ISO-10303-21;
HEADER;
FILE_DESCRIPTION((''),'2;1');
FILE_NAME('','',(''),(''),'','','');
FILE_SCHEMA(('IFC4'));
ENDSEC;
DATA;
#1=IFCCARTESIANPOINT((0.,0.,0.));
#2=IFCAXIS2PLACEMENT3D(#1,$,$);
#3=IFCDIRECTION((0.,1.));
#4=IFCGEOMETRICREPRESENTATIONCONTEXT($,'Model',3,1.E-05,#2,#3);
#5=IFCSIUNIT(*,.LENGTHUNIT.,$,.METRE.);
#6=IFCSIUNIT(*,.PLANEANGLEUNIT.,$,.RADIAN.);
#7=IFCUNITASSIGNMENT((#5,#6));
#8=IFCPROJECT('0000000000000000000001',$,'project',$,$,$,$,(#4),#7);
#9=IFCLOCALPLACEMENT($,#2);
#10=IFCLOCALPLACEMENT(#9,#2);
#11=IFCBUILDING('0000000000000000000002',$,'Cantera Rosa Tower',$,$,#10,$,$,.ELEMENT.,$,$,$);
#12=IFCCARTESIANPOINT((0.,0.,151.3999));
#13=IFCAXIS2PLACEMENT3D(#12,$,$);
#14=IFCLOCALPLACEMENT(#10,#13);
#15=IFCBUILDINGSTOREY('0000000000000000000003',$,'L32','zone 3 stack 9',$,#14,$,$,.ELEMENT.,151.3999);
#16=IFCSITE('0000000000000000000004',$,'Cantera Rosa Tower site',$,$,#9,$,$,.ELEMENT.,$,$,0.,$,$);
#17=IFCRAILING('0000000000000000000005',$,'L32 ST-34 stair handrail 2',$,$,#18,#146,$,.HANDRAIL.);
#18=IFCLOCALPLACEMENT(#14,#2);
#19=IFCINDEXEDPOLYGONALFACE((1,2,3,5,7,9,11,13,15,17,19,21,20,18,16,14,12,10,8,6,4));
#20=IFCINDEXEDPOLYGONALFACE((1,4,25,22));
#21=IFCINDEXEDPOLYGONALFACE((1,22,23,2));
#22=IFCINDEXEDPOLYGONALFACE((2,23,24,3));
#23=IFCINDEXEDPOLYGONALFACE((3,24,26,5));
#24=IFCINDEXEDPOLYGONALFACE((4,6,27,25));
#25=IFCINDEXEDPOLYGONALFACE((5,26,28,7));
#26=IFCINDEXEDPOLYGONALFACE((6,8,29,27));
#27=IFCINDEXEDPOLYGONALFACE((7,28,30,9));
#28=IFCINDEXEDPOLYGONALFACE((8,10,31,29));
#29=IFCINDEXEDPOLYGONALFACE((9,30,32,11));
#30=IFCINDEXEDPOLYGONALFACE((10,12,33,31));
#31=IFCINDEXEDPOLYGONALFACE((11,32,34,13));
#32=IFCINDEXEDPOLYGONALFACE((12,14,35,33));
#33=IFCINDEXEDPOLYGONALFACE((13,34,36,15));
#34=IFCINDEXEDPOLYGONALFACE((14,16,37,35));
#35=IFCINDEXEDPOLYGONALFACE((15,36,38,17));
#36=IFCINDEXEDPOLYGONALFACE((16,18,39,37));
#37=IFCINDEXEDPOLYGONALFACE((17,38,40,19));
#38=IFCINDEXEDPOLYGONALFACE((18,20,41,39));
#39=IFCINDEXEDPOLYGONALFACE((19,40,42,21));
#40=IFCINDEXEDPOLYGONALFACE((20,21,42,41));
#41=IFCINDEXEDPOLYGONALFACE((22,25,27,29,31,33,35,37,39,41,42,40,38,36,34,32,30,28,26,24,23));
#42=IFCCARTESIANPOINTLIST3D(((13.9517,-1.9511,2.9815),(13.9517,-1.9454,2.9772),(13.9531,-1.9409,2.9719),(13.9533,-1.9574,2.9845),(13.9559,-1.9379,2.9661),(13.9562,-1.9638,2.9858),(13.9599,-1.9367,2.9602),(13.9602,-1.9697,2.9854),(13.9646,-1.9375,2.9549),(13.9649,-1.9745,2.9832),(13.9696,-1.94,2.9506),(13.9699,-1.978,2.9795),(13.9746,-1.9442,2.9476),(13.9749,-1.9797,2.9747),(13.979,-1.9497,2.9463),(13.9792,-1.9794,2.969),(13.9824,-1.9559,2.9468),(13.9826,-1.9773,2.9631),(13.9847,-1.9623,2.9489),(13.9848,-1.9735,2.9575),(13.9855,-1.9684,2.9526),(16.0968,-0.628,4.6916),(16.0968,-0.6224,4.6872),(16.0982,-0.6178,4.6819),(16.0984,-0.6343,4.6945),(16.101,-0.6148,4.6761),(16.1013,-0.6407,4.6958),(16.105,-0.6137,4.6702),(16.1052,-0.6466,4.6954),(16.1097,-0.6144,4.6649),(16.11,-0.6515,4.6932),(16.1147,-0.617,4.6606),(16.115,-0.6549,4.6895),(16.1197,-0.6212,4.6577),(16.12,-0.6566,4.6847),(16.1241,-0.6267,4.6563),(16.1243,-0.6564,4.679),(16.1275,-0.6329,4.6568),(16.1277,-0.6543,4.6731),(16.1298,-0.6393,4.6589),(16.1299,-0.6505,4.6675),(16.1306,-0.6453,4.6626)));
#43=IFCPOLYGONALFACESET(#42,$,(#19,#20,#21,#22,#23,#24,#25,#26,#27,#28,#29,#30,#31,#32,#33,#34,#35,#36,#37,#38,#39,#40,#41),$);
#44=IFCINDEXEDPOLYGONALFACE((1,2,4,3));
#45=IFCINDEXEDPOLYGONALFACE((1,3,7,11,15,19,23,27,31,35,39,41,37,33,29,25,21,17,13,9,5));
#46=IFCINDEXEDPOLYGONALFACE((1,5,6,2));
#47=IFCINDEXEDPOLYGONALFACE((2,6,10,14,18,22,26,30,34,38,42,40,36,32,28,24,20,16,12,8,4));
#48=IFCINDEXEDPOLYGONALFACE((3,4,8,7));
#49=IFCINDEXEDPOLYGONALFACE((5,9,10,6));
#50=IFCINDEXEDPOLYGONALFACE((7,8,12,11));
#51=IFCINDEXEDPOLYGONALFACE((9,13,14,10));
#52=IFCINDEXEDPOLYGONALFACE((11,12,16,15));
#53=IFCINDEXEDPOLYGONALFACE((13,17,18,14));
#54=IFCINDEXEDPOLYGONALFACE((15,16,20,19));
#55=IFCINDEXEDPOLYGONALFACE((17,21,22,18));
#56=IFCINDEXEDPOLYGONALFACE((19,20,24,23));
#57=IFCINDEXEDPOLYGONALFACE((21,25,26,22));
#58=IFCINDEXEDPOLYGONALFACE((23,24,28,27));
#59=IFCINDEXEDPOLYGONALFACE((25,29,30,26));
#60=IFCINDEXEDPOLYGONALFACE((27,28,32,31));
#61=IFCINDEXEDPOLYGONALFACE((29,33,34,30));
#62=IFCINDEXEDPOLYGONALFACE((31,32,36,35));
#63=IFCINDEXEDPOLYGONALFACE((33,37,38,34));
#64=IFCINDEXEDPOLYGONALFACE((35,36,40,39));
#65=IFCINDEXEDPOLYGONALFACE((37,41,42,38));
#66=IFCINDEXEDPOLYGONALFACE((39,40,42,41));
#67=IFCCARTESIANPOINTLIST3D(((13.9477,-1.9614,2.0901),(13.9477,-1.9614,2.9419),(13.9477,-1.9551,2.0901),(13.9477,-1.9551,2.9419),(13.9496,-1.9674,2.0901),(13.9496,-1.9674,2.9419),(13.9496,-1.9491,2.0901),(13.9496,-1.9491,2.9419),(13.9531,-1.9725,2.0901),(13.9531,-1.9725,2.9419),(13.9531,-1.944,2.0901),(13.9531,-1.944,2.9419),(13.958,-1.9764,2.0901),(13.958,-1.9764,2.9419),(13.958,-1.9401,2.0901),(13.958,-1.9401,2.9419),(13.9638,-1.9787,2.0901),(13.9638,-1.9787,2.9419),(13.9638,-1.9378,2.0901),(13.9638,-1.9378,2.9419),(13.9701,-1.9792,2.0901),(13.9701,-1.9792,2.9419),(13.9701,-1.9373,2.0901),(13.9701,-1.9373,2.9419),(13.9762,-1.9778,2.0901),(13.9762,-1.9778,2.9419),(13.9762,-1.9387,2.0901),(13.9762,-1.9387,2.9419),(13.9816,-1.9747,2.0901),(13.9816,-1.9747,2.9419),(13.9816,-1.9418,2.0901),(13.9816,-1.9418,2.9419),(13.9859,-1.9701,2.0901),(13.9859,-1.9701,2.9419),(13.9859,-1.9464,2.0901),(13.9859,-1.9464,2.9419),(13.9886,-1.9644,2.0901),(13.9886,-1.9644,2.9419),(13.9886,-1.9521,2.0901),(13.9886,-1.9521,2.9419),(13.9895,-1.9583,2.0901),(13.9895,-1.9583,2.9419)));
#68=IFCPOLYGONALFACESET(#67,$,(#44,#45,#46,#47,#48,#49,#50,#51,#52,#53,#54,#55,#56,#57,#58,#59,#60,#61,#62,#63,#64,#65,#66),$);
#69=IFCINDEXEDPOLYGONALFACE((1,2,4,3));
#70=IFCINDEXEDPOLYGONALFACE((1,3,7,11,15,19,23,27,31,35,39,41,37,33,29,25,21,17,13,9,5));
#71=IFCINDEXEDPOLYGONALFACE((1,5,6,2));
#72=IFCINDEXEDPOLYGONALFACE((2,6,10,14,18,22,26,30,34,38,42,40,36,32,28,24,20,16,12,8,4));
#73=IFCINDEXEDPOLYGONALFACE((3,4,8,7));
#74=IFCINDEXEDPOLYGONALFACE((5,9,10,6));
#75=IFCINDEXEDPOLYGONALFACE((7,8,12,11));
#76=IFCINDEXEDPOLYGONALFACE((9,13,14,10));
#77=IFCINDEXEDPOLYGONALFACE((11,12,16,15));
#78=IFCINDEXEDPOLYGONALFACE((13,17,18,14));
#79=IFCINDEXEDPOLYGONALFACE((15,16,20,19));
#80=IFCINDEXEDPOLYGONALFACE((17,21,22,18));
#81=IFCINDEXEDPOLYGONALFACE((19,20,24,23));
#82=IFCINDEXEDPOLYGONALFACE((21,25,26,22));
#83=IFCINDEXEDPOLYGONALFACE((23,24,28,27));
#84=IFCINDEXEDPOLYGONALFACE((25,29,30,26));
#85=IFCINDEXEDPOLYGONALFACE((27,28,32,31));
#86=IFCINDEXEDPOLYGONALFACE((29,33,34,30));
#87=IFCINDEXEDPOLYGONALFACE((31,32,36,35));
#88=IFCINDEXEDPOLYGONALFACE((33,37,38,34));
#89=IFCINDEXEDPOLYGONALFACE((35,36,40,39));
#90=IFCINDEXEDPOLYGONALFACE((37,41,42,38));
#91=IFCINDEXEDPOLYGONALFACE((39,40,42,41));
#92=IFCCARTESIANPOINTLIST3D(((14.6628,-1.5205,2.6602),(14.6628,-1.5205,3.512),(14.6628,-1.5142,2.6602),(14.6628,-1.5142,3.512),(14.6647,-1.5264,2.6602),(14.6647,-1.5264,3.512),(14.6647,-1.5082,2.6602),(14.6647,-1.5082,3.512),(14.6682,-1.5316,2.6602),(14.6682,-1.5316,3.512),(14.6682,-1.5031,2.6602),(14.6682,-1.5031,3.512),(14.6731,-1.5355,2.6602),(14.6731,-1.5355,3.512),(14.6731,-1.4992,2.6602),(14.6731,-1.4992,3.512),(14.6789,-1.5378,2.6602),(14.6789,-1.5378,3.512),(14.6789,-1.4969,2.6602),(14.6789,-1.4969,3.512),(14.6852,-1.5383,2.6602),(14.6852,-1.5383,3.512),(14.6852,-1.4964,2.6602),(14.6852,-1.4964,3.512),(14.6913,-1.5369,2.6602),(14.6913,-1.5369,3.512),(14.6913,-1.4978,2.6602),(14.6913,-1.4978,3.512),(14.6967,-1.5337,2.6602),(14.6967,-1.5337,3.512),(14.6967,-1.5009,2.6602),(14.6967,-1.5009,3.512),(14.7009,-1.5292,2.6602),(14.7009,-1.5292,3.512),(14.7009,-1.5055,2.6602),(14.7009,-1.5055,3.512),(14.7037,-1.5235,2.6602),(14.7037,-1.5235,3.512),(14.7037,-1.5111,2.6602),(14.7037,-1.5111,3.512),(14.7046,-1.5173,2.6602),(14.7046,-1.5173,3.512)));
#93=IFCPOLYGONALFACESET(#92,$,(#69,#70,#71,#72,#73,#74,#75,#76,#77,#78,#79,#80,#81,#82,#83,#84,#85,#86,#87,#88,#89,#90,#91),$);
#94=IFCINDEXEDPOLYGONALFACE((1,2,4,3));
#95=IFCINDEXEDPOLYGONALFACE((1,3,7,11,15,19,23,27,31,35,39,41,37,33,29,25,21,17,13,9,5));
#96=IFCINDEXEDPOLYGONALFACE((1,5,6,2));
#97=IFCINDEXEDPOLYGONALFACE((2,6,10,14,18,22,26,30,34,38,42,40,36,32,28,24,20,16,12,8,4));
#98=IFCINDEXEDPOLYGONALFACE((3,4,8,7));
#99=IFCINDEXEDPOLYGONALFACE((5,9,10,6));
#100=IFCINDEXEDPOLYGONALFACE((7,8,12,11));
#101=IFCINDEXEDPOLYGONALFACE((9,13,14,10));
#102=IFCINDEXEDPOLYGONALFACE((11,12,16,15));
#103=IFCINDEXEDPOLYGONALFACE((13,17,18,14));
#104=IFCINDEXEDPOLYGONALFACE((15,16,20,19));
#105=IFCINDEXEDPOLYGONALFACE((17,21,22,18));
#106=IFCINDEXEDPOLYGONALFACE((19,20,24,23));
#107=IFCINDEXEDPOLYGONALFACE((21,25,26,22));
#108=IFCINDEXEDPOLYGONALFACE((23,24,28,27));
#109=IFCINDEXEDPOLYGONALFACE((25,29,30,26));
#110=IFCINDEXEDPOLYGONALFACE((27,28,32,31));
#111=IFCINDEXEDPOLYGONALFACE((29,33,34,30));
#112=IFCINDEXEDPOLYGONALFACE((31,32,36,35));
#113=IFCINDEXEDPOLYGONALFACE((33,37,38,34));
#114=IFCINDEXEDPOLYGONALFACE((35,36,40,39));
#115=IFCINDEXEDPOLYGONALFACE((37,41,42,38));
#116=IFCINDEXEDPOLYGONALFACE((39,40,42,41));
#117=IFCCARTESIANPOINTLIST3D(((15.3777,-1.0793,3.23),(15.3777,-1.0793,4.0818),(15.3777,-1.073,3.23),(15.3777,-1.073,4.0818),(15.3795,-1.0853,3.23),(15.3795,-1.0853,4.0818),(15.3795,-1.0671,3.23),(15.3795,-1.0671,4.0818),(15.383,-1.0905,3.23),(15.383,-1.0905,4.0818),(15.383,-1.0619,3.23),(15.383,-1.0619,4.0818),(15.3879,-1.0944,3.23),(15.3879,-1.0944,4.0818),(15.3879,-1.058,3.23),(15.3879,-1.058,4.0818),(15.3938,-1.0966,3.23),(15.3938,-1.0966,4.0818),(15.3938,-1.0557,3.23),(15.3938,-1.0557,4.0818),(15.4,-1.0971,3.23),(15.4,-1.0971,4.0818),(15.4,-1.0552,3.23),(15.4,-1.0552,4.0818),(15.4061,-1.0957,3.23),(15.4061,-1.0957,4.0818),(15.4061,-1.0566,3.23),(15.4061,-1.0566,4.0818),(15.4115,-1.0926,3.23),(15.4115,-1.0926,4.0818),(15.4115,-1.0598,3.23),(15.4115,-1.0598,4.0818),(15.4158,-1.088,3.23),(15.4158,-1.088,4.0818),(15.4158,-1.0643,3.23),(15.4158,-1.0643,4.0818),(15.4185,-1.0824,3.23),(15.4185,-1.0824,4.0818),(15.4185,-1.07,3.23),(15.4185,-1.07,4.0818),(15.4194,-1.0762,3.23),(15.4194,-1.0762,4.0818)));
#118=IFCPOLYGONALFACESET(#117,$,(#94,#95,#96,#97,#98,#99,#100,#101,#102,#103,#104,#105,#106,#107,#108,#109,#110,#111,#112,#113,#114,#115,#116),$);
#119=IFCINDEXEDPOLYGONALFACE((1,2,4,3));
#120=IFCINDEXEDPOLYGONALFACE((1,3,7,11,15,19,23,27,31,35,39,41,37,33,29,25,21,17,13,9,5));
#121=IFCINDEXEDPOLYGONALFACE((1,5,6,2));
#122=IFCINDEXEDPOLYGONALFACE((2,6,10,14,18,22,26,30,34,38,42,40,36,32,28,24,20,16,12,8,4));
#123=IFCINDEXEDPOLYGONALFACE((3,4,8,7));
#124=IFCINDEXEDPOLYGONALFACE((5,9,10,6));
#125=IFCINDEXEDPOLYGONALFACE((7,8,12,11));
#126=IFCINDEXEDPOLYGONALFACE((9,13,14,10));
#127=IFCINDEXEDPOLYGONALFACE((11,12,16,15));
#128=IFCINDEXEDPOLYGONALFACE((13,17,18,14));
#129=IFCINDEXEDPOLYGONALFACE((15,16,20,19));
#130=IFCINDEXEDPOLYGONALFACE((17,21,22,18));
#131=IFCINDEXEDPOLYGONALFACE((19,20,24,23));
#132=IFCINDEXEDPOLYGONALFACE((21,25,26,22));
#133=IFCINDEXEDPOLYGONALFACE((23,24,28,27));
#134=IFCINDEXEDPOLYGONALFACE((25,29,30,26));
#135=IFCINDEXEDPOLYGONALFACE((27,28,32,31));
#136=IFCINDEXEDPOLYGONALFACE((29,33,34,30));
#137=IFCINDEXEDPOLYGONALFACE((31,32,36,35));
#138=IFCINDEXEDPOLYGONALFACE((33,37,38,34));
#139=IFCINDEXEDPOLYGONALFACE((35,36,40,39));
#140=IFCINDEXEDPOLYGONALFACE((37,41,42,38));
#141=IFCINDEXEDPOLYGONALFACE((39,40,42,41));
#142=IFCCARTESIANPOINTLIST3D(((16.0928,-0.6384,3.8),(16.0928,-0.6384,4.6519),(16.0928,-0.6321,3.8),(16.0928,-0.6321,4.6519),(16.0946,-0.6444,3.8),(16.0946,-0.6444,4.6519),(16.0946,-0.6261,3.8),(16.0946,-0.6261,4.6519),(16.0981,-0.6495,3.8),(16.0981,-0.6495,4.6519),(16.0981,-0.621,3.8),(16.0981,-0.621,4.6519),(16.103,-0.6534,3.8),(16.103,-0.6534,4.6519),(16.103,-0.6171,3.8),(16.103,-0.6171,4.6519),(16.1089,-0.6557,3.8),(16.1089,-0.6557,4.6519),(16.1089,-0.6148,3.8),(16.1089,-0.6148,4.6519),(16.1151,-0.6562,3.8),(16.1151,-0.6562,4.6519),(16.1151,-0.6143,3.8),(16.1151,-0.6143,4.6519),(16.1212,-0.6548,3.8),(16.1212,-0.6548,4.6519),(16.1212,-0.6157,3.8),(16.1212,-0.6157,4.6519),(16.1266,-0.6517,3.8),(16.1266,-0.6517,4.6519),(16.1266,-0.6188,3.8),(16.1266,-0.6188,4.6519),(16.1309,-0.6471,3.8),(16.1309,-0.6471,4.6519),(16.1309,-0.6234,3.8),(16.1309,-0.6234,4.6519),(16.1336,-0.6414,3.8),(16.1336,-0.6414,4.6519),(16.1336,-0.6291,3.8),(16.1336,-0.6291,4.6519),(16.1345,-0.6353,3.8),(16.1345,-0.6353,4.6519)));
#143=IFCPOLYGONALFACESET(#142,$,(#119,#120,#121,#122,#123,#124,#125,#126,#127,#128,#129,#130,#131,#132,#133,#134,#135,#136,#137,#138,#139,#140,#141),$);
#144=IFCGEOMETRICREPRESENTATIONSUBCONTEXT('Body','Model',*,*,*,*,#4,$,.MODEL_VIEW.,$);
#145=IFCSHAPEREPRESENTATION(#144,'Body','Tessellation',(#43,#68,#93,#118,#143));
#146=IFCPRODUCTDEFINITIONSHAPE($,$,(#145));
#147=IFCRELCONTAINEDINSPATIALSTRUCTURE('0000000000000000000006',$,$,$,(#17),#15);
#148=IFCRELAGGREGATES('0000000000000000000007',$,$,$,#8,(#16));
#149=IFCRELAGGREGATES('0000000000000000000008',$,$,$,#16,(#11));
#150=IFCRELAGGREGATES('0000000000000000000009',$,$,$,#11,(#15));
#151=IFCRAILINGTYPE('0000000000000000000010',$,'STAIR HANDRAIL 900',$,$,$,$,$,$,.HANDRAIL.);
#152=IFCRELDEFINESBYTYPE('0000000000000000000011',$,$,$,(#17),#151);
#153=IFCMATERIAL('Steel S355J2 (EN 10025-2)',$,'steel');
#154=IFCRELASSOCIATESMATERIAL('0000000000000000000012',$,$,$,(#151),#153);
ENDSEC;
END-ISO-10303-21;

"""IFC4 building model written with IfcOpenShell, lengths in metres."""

from ifc_helpers import new_model, si_unit, direction, frame, origin, origin_2d, place, context, subcontext, project, spatial, circle, extrude, material, type_object, element, save


model = new_model("IFC4")

# Units and contexts
model_context = context("Model", 3, precision=1e-05, world=origin(), true_north=direction((0.0, 1.0)))
body_context = subcontext(model_context, "Body", "Model", "MODEL_VIEW")
ifc_project = project(units=[si_unit("LENGTHUNIT", "METRE"), si_unit("PLANEANGLEUNIT", "RADIAN")], contexts=[model_context])

# Site, building, storey
site_placement = place(None, origin())
site = spatial("IfcSite", under=ifc_project, at=site_placement, Name="Cantera Rosa Tower site", CompositionType="ELEMENT", RefElevation=0.0)
building_placement = place(site_placement, origin())
building = spatial("IfcBuilding", under=site, at=building_placement, Name="Cantera Rosa Tower", CompositionType="ELEMENT")
storey_placement = place(building_placement, frame((0.0, 0.0, 151.3999)))
storey = spatial("IfcBuildingStorey", under=building, at=storey_placement, Name="L32", Description="zone 3 stack 9", CompositionType="ELEMENT", Elevation=151.3999)

# Railing
ifc_material_1 = material(Name="Steel S355J2 (EN 10025-2)", Category="steel")
railing_type_1 = type_object("IfcRailingType", Name="STAIR HANDRAIL 900", PredefinedType="HANDRAIL", material=ifc_material_1)
railing_1_placement = place(storey_placement, frame((13.9685, -1.9583, 2.0901)))
element("IfcRailing", 1, at=railing_1_placement, inside=storey, type_object=railing_type_1, Name="L32 ST-34 stair handrail 2", PredefinedType="HANDRAIL", context=body_context, shape_type="SweptSolid", body=[
    extrude(circle(Radius=0.0239, at=origin_2d()), frame((0.0, 0.0, 0.876), z_axis=(0.704312, 0.434403, 0.561461), x_axis=(-0.524957, 0.851129, 0.0)), (0.0, 0.0, 1.0), 3.0457),
    extrude(circle(Radius=0.021, at=origin_2d()), origin(), (0.0, 0.0, 1.0), 0.8518),
    extrude(circle(Radius=0.021, at=origin_2d()), frame((0.7151, 0.4409, 0.5701)), (0.0, 0.0, 1.0), 0.8518),
    extrude(circle(Radius=0.021, at=origin_2d()), frame((1.4299, 0.8821, 1.1399)), (0.0, 0.0, 1.0), 0.8518),
    extrude(circle(Radius=0.021, at=origin_2d()), frame((2.145, 1.323, 1.71)), (0.0, 0.0, 1.0), 0.8518),
])

save(model, "model.ifc")
